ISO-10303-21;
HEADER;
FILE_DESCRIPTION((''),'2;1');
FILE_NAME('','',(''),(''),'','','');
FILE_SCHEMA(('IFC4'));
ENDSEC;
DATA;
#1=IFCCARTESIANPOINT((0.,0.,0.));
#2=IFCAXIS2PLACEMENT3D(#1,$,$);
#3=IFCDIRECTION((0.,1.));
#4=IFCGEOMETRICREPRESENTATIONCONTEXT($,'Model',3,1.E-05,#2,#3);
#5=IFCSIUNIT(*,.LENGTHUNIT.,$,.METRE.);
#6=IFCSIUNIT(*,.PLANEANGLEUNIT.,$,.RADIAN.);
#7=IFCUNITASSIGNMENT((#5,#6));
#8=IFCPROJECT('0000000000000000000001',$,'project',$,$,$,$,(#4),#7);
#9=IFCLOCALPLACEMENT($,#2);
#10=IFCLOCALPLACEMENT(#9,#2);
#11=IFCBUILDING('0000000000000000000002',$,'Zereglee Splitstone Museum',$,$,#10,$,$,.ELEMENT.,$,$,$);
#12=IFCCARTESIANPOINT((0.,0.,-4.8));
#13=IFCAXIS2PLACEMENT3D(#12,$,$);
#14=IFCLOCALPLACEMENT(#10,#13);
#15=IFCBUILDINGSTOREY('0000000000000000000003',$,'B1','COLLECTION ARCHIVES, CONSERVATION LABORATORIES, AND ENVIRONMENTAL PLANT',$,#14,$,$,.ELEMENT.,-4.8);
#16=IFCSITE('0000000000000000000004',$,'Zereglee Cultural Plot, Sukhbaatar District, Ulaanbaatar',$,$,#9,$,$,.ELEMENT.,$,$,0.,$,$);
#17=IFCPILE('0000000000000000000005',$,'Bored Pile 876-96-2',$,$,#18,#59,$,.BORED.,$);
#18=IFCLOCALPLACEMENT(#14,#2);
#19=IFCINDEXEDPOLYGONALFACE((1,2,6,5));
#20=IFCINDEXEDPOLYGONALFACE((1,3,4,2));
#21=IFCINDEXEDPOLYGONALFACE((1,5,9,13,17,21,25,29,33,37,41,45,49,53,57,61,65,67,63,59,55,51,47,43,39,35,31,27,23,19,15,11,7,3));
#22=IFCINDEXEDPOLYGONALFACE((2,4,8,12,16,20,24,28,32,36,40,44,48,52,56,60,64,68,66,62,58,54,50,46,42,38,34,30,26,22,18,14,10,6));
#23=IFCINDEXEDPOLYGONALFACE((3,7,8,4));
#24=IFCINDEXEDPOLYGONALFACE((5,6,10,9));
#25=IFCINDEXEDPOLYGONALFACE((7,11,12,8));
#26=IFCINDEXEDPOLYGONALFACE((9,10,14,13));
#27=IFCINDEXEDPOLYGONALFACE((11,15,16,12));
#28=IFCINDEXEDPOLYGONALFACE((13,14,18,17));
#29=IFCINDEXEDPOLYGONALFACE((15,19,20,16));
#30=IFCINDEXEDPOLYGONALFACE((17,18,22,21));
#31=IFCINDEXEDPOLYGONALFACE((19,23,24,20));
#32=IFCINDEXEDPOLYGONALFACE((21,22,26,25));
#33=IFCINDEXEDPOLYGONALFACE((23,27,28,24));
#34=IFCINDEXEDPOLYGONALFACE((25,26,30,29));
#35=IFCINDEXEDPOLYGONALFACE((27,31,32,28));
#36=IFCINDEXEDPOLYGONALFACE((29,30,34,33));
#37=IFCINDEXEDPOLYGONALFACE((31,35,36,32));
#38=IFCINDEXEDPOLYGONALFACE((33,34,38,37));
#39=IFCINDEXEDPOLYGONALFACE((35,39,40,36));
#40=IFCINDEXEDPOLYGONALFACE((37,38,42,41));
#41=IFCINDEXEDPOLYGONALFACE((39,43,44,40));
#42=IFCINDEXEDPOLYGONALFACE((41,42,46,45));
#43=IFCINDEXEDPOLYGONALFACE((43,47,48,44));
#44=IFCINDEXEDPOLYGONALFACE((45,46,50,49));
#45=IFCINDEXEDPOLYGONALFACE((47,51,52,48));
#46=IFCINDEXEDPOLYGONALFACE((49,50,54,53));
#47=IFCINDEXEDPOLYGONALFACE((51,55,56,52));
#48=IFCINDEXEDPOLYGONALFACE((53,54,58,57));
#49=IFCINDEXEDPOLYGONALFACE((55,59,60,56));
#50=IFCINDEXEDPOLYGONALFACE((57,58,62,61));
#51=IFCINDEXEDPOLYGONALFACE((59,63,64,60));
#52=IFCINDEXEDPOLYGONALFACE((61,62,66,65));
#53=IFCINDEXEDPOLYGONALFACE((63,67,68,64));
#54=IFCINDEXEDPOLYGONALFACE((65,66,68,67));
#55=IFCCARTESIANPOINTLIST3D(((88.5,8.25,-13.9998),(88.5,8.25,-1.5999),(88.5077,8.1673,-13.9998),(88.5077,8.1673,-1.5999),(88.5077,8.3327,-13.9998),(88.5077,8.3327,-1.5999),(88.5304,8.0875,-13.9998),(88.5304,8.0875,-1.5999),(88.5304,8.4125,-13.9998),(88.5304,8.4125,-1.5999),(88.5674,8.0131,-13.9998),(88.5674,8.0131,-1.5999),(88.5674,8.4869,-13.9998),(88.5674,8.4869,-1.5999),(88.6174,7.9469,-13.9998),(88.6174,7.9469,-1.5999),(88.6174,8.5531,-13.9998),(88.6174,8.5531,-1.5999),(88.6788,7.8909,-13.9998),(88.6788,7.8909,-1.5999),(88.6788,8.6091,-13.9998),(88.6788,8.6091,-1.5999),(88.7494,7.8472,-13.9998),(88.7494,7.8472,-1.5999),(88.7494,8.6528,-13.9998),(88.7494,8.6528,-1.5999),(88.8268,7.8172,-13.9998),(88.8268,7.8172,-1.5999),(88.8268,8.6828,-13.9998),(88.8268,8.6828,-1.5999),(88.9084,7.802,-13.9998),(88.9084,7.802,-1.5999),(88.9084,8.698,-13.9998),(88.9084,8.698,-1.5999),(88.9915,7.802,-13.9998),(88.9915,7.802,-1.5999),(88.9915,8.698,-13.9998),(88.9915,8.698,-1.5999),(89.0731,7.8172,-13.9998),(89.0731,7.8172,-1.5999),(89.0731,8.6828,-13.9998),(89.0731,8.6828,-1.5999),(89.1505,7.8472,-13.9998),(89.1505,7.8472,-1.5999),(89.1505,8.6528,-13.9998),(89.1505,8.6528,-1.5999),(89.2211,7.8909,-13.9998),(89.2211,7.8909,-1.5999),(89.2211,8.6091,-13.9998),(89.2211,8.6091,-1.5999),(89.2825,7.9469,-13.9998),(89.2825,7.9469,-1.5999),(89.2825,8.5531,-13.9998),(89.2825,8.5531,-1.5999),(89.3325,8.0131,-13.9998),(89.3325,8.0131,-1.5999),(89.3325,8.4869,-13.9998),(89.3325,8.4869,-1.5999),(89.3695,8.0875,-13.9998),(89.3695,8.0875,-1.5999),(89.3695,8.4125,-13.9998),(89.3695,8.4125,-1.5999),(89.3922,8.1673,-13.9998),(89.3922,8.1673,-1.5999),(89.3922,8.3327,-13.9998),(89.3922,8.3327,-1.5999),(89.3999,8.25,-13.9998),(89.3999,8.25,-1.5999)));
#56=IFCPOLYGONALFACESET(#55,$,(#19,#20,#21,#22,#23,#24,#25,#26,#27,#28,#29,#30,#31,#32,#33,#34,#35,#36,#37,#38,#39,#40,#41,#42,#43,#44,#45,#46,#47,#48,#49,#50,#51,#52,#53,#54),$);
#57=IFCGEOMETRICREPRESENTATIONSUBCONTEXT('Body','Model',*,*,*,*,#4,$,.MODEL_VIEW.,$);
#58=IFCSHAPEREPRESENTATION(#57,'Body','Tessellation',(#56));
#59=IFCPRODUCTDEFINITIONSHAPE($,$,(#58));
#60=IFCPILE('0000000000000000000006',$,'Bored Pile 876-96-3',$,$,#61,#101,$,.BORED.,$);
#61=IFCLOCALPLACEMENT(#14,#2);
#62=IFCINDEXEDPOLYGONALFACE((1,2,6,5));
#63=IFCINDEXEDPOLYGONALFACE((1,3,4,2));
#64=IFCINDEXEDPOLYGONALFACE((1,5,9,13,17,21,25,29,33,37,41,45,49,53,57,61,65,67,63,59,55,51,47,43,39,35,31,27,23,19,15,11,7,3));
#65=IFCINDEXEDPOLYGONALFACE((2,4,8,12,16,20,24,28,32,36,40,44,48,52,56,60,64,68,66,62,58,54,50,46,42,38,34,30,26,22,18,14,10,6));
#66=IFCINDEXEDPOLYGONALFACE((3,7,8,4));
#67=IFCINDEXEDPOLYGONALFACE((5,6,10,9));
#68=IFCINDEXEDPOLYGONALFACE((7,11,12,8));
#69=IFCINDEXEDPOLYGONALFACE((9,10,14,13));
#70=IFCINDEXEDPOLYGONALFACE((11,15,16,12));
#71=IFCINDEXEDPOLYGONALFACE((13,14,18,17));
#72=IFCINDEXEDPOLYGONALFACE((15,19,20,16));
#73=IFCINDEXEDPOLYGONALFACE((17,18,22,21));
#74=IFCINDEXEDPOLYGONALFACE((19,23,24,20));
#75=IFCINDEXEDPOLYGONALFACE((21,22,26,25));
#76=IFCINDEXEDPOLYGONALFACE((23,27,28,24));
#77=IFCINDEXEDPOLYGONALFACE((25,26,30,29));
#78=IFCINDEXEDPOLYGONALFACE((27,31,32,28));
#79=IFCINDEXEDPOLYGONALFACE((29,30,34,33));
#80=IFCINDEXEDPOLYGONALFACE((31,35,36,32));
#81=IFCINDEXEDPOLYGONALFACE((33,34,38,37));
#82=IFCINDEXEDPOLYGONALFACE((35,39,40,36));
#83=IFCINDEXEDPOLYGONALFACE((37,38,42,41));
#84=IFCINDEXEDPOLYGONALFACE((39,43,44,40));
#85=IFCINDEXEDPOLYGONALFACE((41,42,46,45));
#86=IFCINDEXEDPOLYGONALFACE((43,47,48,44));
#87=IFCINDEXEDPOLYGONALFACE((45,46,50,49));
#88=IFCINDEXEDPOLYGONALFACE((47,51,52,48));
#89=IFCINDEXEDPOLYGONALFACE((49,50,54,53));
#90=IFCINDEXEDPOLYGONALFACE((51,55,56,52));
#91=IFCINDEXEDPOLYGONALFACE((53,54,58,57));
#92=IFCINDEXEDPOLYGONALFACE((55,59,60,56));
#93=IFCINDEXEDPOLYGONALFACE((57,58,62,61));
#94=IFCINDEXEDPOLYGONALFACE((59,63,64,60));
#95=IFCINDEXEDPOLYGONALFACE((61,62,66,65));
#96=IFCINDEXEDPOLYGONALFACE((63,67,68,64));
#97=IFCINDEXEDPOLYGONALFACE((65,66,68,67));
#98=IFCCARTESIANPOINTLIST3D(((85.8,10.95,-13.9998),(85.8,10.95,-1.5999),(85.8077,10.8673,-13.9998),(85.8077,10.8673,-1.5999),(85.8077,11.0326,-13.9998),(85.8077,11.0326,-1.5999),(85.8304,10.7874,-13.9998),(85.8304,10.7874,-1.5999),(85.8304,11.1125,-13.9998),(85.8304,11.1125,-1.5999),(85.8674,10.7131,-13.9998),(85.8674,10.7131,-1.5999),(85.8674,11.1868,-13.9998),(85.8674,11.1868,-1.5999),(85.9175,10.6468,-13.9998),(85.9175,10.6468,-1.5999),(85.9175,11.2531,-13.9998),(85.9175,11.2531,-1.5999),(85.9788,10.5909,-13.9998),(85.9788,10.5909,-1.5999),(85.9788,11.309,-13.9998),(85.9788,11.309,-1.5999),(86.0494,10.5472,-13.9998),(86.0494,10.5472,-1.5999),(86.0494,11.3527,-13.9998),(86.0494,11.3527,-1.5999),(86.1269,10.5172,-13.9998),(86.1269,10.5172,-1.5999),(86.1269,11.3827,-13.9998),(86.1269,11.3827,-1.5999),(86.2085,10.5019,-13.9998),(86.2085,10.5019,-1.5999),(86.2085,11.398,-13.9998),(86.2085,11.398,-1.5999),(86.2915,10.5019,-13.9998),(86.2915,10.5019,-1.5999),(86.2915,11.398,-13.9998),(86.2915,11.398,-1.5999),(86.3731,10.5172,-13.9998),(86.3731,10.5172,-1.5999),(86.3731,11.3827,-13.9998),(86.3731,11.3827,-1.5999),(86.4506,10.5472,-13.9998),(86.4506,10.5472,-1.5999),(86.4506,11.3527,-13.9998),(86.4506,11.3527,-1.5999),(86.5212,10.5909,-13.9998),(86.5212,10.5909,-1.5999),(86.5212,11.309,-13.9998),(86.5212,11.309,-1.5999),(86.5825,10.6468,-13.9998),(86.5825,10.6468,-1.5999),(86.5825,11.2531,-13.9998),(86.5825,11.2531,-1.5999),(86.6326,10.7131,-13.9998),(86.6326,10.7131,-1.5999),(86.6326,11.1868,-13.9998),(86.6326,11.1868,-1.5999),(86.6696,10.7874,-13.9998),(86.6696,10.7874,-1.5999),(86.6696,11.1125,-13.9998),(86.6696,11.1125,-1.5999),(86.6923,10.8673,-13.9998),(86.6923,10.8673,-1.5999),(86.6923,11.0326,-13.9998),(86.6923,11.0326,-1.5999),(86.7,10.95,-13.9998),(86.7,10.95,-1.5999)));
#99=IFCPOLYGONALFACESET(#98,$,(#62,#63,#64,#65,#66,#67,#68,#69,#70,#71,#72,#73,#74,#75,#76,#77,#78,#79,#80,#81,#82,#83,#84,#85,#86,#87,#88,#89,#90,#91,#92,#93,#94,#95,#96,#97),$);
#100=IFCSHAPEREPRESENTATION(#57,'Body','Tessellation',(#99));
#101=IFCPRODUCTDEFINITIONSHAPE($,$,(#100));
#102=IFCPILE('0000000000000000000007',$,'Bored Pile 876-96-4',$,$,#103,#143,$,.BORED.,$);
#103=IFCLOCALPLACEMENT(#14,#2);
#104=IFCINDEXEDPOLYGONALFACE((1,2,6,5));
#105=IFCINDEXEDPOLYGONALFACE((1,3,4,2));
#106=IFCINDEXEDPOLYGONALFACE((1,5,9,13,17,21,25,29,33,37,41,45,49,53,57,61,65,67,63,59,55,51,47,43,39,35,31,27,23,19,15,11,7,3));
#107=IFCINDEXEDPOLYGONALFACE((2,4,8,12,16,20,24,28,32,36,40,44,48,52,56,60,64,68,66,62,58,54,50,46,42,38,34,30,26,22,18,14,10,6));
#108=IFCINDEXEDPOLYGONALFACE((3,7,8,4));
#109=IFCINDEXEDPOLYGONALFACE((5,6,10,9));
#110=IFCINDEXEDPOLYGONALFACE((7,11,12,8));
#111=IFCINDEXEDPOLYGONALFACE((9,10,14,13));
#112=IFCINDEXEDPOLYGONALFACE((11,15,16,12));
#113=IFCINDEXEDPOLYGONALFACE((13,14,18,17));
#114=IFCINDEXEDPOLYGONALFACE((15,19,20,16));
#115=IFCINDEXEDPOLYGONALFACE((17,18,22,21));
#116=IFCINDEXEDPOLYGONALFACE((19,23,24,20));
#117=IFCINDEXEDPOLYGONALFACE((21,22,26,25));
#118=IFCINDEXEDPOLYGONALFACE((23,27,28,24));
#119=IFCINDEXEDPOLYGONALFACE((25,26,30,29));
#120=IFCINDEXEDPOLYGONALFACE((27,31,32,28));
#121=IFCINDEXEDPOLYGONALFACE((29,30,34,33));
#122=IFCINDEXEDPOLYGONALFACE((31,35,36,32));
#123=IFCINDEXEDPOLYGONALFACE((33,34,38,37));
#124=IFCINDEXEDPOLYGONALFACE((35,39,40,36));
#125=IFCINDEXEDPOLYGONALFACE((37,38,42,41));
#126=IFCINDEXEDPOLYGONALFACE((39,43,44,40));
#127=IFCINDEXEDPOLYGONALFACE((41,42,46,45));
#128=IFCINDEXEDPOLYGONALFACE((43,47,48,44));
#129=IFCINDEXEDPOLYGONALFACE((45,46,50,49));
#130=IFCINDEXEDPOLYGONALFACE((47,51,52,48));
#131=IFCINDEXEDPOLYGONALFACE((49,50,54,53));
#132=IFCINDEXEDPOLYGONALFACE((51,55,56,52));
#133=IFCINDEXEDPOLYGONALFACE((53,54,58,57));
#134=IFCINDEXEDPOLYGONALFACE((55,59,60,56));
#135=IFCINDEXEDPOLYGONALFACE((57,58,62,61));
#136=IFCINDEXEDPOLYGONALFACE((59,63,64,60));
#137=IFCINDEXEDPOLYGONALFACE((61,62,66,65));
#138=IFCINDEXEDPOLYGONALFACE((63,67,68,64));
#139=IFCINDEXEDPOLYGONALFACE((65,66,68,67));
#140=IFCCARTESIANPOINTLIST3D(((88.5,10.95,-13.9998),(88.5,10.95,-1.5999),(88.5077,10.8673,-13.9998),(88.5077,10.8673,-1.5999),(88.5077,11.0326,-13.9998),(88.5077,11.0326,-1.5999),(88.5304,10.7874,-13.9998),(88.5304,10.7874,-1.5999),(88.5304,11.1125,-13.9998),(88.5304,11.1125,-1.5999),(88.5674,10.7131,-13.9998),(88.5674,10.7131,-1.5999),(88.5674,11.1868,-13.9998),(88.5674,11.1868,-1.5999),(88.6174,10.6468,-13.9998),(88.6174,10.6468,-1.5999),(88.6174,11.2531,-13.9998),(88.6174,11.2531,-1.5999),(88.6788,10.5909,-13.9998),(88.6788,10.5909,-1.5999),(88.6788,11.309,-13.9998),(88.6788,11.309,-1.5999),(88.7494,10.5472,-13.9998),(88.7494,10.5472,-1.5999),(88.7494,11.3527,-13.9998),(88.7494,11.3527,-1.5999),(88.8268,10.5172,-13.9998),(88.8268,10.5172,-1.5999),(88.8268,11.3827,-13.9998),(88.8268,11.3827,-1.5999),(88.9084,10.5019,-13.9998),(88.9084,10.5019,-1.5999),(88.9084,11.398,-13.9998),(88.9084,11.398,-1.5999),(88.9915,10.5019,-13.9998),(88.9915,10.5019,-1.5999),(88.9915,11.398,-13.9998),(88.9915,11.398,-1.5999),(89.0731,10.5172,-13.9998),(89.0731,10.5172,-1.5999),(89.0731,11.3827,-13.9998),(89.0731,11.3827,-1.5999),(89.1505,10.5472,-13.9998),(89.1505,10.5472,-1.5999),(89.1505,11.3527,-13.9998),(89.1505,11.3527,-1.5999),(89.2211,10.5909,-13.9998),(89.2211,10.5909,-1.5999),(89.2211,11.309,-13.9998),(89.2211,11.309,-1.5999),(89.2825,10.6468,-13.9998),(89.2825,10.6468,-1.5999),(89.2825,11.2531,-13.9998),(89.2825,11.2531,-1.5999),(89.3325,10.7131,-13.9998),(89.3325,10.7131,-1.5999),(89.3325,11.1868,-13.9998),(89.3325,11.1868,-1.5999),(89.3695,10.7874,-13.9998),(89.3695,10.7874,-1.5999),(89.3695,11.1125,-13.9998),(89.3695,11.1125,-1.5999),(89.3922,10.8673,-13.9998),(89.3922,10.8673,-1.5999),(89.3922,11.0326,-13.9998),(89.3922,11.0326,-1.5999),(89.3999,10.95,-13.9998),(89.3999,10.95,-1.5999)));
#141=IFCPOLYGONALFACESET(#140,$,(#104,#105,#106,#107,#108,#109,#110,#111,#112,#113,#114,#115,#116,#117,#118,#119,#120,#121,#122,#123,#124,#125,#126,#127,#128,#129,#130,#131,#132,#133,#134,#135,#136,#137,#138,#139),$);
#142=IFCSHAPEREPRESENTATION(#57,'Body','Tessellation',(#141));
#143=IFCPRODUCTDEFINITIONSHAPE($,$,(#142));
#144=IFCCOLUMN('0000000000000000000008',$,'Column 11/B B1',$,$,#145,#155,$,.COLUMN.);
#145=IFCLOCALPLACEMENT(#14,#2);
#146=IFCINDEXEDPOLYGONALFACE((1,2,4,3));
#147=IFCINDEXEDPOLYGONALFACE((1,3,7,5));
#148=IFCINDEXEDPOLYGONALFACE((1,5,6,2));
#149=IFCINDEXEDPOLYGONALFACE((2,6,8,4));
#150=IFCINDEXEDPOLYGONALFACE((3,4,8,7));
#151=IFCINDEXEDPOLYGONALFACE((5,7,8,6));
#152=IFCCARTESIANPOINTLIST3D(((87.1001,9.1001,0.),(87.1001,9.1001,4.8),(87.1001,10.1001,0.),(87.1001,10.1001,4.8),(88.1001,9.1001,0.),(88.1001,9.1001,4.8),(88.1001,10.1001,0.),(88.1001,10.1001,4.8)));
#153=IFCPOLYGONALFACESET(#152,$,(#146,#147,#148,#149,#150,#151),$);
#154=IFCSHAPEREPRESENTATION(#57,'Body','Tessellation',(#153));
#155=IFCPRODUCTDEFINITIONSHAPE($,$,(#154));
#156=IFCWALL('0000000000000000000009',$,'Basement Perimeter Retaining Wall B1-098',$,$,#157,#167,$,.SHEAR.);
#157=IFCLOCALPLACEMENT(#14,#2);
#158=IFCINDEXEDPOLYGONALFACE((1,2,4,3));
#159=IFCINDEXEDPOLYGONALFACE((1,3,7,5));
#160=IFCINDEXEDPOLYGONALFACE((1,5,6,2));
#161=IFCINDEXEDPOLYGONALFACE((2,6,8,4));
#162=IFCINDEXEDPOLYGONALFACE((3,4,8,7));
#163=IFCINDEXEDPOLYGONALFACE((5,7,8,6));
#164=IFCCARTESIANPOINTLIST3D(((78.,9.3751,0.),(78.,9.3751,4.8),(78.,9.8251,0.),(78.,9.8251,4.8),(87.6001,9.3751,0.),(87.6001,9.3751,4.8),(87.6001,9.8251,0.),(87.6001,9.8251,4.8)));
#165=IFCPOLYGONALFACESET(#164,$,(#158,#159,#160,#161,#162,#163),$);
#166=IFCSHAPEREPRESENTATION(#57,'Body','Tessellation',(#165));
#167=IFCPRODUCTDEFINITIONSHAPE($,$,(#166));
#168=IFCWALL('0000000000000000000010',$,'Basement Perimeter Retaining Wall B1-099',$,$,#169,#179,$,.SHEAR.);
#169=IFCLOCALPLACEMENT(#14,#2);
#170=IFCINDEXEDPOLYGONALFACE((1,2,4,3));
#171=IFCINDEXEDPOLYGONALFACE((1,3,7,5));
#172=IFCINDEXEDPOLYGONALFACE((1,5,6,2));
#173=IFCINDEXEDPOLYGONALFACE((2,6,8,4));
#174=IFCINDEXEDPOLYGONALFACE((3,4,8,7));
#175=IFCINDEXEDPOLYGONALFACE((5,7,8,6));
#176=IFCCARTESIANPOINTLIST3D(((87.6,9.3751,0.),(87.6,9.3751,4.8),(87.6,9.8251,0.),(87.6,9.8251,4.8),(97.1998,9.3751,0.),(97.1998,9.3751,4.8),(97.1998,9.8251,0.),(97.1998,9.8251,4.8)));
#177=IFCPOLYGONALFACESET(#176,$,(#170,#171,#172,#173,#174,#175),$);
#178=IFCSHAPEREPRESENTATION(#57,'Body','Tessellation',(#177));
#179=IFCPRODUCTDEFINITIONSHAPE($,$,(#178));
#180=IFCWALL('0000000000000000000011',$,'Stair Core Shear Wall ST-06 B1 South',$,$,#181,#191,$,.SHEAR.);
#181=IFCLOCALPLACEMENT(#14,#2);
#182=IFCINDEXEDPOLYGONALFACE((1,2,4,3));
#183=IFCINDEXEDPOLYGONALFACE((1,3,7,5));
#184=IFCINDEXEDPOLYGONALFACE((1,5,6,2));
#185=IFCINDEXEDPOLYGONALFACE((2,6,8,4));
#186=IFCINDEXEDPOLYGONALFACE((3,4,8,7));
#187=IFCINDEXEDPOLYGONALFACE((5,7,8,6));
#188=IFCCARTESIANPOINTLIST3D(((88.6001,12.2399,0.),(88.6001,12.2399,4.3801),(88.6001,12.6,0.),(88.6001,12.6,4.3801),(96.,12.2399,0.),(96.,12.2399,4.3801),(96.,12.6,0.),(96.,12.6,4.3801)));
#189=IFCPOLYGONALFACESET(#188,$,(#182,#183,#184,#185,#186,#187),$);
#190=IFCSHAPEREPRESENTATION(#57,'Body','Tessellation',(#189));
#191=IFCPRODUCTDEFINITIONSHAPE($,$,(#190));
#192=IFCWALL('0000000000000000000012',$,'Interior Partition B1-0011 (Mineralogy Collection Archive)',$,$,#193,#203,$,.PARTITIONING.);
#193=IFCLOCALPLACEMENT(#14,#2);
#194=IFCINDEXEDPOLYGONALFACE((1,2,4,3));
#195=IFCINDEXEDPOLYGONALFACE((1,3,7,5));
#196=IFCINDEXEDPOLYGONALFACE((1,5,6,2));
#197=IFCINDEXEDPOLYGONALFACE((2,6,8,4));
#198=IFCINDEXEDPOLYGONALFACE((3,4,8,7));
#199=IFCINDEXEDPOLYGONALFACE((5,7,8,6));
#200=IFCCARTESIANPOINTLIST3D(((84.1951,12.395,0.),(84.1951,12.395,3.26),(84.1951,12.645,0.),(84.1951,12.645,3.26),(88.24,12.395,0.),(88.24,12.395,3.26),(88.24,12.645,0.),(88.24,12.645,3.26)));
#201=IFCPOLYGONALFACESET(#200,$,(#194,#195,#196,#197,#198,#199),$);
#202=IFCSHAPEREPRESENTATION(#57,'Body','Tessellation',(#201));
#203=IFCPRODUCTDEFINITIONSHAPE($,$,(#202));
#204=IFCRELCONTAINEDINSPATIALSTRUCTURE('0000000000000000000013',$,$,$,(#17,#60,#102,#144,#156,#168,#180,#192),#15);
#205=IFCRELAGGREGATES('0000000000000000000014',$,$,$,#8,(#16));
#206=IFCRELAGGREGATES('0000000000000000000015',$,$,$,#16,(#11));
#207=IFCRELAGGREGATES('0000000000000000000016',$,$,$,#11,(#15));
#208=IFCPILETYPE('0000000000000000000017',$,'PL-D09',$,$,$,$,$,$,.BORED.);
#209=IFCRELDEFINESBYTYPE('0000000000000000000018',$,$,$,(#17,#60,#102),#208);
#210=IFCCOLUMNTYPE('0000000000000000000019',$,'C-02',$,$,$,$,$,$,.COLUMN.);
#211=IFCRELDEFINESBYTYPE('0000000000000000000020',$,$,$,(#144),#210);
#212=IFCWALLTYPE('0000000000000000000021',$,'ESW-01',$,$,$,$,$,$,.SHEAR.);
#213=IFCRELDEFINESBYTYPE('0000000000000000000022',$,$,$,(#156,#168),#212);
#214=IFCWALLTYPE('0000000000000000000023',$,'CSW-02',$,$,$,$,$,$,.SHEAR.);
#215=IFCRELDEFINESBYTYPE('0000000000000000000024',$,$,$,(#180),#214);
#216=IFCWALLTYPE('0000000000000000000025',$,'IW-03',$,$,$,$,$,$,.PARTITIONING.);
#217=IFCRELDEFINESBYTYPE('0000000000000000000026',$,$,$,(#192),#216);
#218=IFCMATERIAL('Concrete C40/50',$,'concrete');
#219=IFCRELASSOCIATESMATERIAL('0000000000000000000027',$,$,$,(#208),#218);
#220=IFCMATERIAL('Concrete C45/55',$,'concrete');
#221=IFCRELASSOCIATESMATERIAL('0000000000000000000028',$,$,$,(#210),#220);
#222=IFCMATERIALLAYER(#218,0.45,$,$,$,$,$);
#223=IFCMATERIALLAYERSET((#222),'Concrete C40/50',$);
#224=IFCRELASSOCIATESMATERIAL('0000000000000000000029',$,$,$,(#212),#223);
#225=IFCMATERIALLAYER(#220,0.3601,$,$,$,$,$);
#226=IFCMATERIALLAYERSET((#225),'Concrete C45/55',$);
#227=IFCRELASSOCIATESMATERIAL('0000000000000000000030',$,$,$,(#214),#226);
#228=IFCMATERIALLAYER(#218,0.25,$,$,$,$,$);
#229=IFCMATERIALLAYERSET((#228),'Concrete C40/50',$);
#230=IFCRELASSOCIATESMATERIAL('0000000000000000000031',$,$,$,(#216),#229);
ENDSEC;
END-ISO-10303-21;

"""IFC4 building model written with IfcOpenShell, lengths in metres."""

from ifc_helpers import new_model, si_unit, direction, frame, frame_2d, origin, origin_2d, place, context, subcontext, project, spatial, rectangle, circle, extrude, material, layer, layer_set, material_profile, profile_set, type_object, element, save


model = new_model("IFC4")

# Units and contexts
model_context = context("Model", 3, precision=1e-05, world=origin(), true_north=direction((0.0, 1.0)))
body_context = subcontext(model_context, "Body", "Model", "MODEL_VIEW")
ifc_project = project(units=[si_unit("LENGTHUNIT", "METRE"), si_unit("PLANEANGLEUNIT", "RADIAN")], contexts=[model_context])

# Site, building, storey
site_placement = place(None, origin())
site = spatial("IfcSite", under=ifc_project, at=site_placement, Name="Zereglee Cultural Plot, Sukhbaatar District, Ulaanbaatar", CompositionType="ELEMENT", RefElevation=0.0)
building_placement = place(site_placement, origin())
building = spatial("IfcBuilding", under=site, at=building_placement, Name="Zereglee Splitstone Museum", CompositionType="ELEMENT")
storey_placement = place(building_placement, frame((0.0, 0.0, -4.8)))
storey = spatial("IfcBuildingStorey", under=building, at=storey_placement, Name="B1", Description="COLLECTION ARCHIVES, CONSERVATION LABORATORIES, AND ENVIRONMENTAL PLANT", CompositionType="ELEMENT", Elevation=-4.8)

# Shared definitions
ifc_material_1 = material(Name="Concrete C40/50", Category="concrete")

# Piles
ifc_material_profile_1 = material_profile(ifc_material_1, circle(Radius=0.45, at=origin_2d()), Name="PILE D900")
ifc_profile_set_1 = profile_set([ifc_material_profile_1], Name="Concrete C40/50")
pile_type = type_object("IfcPileType", Name="PL-D09", PredefinedType="BORED", material=ifc_profile_set_1)
for number, where, z_axis, x_axis, name in (
    (1, (88.95, 8.25, -1.5999), (0.0, 0.0, -1.0), (1.0, 0.0, 0.0), "Bored Pile 876-96-2"),
    (2, (86.25, 10.95, -1.5999), (0.0, 0.0, -1.0), (1.0, 0.0, 0.0), "Bored Pile 876-96-3"),
    (3, (88.95, 10.95, -1.5999), (0.0, 0.0, -1.0), (1.0, 0.0, 0.0), "Bored Pile 876-96-4"),
):
    element("IfcPile", number, at=place(storey_placement, frame(where, z_axis=z_axis, x_axis=x_axis)), inside=storey, type_object=pile_type, Name=name, PredefinedType="BORED", context=body_context, shape_type="SweptSolid", body=[
        extrude(circle(Radius=0.45, at=origin_2d()), origin(), (0.0, 0.0, 1.0), 12.3999),
    ])

# Column
ifc_material_2 = material(Name="Concrete C45/55", Category="concrete")
ifc_material_profile_2 = material_profile(ifc_material_2, rectangle(XDim=1.0, YDim=1.0, at=origin_2d()), Name="RC 1000x1000")
ifc_profile_set_2 = profile_set([ifc_material_profile_2], Name="Concrete C45/55")
column_type = type_object("IfcColumnType", Name="C-02", PredefinedType="COLUMN", material=ifc_profile_set_2)
column_placement = place(storey_placement, frame((87.6001, 9.6001, 0.0), z_axis=(0.0, 0.0, 1.0), x_axis=(1.0, 0.0, 0.0)))
element("IfcColumn", 4, at=column_placement, inside=storey, type_object=column_type, Name="Column 11/B B1", PredefinedType="COLUMN", context=body_context, shape_type="SweptSolid", body=[
    extrude(rectangle(XDim=1.0, YDim=1.0, at=origin_2d()), origin(), (0.0, 0.0, 1.0), 4.8),
])

# Walls
ifc_layer_1 = layer(ifc_material_1, 0.45)
ifc_layer_set_1 = layer_set([ifc_layer_1], Name="Concrete C40/50")
wall_type_1 = type_object("IfcWallType", Name="ESW-01", PredefinedType="SHEAR", material=ifc_layer_set_1)
wall_1_placement = place(storey_placement, frame((78.0, 9.6001, 0.0), z_axis=(0.0, 0.0, 1.0), x_axis=(1.0, 0.0, 0.0)))
element("IfcWall", 5, at=wall_1_placement, inside=storey, type_object=wall_type_1, Name="Basement Perimeter Retaining Wall B1-098", PredefinedType="SHEAR", context=body_context, shape_type="SweptSolid", body=[
    extrude(rectangle(XDim=9.6001, YDim=0.45, at=frame_2d((4.8, 0.0))), origin(), (0.0, 0.0, 1.0), 4.8),
])
wall_2_placement = place(storey_placement, frame((87.6001, 9.6001, 0.0), z_axis=(0.0, 0.0, 1.0), x_axis=(1.0, 0.0, 0.0)))
element("IfcWall", 6, at=wall_2_placement, inside=storey, type_object=wall_type_1, Name="Basement Perimeter Retaining Wall B1-099", PredefinedType="SHEAR", context=body_context, shape_type="SweptSolid", body=[
    extrude(rectangle(XDim=9.5999, YDim=0.45, at=frame_2d((4.7998, 0.0))), origin(), (0.0, 0.0, 1.0), 4.8),
])

# Shared definitions
ifc_layer_2 = layer(ifc_material_2, 0.3601)
ifc_layer_set_2 = layer_set([ifc_layer_2], Name="Concrete C45/55")
wall_type_2 = type_object("IfcWallType", Name="CSW-02", PredefinedType="SHEAR", material=ifc_layer_set_2)

# Walls
wall_3_placement = place(storey_placement, frame((88.6001, 12.4199, 0.0), z_axis=(0.0, 0.0, 1.0), x_axis=(1.0, 0.0, 0.0)))
element("IfcWall", 7, at=wall_3_placement, inside=storey, type_object=wall_type_2, Name="Stair Core Shear Wall ST-06 B1 South", PredefinedType="SHEAR", context=body_context, shape_type="SweptSolid", body=[
    extrude(rectangle(XDim=7.3999, YDim=0.3601, at=frame_2d((3.7, 0.0))), origin(), (0.0, 0.0, 1.0), 4.3801),
])
ifc_layer_3 = layer(ifc_material_1, 0.25)
ifc_layer_set_3 = layer_set([ifc_layer_3], Name="Concrete C40/50")
wall_type_3 = type_object("IfcWallType", Name="IW-03", PredefinedType="PARTITIONING", material=ifc_layer_set_3)
wall_4_placement = place(storey_placement, frame((84.1951, 12.52, 0.0), z_axis=(0.0, 0.0, 1.0), x_axis=(1.0, 0.0, 0.0)))
element("IfcWall", 8, at=wall_4_placement, inside=storey, type_object=wall_type_3, Name="Interior Partition B1-0011 (Mineralogy Collection Archive)", PredefinedType="PARTITIONING", context=body_context, shape_type="SweptSolid", body=[
    extrude(rectangle(XDim=4.0449, YDim=0.25, at=frame_2d((2.0225, 0.0))), origin(), (0.0, 0.0, 1.0), 3.26),
])

save(model, "model.ifc")
